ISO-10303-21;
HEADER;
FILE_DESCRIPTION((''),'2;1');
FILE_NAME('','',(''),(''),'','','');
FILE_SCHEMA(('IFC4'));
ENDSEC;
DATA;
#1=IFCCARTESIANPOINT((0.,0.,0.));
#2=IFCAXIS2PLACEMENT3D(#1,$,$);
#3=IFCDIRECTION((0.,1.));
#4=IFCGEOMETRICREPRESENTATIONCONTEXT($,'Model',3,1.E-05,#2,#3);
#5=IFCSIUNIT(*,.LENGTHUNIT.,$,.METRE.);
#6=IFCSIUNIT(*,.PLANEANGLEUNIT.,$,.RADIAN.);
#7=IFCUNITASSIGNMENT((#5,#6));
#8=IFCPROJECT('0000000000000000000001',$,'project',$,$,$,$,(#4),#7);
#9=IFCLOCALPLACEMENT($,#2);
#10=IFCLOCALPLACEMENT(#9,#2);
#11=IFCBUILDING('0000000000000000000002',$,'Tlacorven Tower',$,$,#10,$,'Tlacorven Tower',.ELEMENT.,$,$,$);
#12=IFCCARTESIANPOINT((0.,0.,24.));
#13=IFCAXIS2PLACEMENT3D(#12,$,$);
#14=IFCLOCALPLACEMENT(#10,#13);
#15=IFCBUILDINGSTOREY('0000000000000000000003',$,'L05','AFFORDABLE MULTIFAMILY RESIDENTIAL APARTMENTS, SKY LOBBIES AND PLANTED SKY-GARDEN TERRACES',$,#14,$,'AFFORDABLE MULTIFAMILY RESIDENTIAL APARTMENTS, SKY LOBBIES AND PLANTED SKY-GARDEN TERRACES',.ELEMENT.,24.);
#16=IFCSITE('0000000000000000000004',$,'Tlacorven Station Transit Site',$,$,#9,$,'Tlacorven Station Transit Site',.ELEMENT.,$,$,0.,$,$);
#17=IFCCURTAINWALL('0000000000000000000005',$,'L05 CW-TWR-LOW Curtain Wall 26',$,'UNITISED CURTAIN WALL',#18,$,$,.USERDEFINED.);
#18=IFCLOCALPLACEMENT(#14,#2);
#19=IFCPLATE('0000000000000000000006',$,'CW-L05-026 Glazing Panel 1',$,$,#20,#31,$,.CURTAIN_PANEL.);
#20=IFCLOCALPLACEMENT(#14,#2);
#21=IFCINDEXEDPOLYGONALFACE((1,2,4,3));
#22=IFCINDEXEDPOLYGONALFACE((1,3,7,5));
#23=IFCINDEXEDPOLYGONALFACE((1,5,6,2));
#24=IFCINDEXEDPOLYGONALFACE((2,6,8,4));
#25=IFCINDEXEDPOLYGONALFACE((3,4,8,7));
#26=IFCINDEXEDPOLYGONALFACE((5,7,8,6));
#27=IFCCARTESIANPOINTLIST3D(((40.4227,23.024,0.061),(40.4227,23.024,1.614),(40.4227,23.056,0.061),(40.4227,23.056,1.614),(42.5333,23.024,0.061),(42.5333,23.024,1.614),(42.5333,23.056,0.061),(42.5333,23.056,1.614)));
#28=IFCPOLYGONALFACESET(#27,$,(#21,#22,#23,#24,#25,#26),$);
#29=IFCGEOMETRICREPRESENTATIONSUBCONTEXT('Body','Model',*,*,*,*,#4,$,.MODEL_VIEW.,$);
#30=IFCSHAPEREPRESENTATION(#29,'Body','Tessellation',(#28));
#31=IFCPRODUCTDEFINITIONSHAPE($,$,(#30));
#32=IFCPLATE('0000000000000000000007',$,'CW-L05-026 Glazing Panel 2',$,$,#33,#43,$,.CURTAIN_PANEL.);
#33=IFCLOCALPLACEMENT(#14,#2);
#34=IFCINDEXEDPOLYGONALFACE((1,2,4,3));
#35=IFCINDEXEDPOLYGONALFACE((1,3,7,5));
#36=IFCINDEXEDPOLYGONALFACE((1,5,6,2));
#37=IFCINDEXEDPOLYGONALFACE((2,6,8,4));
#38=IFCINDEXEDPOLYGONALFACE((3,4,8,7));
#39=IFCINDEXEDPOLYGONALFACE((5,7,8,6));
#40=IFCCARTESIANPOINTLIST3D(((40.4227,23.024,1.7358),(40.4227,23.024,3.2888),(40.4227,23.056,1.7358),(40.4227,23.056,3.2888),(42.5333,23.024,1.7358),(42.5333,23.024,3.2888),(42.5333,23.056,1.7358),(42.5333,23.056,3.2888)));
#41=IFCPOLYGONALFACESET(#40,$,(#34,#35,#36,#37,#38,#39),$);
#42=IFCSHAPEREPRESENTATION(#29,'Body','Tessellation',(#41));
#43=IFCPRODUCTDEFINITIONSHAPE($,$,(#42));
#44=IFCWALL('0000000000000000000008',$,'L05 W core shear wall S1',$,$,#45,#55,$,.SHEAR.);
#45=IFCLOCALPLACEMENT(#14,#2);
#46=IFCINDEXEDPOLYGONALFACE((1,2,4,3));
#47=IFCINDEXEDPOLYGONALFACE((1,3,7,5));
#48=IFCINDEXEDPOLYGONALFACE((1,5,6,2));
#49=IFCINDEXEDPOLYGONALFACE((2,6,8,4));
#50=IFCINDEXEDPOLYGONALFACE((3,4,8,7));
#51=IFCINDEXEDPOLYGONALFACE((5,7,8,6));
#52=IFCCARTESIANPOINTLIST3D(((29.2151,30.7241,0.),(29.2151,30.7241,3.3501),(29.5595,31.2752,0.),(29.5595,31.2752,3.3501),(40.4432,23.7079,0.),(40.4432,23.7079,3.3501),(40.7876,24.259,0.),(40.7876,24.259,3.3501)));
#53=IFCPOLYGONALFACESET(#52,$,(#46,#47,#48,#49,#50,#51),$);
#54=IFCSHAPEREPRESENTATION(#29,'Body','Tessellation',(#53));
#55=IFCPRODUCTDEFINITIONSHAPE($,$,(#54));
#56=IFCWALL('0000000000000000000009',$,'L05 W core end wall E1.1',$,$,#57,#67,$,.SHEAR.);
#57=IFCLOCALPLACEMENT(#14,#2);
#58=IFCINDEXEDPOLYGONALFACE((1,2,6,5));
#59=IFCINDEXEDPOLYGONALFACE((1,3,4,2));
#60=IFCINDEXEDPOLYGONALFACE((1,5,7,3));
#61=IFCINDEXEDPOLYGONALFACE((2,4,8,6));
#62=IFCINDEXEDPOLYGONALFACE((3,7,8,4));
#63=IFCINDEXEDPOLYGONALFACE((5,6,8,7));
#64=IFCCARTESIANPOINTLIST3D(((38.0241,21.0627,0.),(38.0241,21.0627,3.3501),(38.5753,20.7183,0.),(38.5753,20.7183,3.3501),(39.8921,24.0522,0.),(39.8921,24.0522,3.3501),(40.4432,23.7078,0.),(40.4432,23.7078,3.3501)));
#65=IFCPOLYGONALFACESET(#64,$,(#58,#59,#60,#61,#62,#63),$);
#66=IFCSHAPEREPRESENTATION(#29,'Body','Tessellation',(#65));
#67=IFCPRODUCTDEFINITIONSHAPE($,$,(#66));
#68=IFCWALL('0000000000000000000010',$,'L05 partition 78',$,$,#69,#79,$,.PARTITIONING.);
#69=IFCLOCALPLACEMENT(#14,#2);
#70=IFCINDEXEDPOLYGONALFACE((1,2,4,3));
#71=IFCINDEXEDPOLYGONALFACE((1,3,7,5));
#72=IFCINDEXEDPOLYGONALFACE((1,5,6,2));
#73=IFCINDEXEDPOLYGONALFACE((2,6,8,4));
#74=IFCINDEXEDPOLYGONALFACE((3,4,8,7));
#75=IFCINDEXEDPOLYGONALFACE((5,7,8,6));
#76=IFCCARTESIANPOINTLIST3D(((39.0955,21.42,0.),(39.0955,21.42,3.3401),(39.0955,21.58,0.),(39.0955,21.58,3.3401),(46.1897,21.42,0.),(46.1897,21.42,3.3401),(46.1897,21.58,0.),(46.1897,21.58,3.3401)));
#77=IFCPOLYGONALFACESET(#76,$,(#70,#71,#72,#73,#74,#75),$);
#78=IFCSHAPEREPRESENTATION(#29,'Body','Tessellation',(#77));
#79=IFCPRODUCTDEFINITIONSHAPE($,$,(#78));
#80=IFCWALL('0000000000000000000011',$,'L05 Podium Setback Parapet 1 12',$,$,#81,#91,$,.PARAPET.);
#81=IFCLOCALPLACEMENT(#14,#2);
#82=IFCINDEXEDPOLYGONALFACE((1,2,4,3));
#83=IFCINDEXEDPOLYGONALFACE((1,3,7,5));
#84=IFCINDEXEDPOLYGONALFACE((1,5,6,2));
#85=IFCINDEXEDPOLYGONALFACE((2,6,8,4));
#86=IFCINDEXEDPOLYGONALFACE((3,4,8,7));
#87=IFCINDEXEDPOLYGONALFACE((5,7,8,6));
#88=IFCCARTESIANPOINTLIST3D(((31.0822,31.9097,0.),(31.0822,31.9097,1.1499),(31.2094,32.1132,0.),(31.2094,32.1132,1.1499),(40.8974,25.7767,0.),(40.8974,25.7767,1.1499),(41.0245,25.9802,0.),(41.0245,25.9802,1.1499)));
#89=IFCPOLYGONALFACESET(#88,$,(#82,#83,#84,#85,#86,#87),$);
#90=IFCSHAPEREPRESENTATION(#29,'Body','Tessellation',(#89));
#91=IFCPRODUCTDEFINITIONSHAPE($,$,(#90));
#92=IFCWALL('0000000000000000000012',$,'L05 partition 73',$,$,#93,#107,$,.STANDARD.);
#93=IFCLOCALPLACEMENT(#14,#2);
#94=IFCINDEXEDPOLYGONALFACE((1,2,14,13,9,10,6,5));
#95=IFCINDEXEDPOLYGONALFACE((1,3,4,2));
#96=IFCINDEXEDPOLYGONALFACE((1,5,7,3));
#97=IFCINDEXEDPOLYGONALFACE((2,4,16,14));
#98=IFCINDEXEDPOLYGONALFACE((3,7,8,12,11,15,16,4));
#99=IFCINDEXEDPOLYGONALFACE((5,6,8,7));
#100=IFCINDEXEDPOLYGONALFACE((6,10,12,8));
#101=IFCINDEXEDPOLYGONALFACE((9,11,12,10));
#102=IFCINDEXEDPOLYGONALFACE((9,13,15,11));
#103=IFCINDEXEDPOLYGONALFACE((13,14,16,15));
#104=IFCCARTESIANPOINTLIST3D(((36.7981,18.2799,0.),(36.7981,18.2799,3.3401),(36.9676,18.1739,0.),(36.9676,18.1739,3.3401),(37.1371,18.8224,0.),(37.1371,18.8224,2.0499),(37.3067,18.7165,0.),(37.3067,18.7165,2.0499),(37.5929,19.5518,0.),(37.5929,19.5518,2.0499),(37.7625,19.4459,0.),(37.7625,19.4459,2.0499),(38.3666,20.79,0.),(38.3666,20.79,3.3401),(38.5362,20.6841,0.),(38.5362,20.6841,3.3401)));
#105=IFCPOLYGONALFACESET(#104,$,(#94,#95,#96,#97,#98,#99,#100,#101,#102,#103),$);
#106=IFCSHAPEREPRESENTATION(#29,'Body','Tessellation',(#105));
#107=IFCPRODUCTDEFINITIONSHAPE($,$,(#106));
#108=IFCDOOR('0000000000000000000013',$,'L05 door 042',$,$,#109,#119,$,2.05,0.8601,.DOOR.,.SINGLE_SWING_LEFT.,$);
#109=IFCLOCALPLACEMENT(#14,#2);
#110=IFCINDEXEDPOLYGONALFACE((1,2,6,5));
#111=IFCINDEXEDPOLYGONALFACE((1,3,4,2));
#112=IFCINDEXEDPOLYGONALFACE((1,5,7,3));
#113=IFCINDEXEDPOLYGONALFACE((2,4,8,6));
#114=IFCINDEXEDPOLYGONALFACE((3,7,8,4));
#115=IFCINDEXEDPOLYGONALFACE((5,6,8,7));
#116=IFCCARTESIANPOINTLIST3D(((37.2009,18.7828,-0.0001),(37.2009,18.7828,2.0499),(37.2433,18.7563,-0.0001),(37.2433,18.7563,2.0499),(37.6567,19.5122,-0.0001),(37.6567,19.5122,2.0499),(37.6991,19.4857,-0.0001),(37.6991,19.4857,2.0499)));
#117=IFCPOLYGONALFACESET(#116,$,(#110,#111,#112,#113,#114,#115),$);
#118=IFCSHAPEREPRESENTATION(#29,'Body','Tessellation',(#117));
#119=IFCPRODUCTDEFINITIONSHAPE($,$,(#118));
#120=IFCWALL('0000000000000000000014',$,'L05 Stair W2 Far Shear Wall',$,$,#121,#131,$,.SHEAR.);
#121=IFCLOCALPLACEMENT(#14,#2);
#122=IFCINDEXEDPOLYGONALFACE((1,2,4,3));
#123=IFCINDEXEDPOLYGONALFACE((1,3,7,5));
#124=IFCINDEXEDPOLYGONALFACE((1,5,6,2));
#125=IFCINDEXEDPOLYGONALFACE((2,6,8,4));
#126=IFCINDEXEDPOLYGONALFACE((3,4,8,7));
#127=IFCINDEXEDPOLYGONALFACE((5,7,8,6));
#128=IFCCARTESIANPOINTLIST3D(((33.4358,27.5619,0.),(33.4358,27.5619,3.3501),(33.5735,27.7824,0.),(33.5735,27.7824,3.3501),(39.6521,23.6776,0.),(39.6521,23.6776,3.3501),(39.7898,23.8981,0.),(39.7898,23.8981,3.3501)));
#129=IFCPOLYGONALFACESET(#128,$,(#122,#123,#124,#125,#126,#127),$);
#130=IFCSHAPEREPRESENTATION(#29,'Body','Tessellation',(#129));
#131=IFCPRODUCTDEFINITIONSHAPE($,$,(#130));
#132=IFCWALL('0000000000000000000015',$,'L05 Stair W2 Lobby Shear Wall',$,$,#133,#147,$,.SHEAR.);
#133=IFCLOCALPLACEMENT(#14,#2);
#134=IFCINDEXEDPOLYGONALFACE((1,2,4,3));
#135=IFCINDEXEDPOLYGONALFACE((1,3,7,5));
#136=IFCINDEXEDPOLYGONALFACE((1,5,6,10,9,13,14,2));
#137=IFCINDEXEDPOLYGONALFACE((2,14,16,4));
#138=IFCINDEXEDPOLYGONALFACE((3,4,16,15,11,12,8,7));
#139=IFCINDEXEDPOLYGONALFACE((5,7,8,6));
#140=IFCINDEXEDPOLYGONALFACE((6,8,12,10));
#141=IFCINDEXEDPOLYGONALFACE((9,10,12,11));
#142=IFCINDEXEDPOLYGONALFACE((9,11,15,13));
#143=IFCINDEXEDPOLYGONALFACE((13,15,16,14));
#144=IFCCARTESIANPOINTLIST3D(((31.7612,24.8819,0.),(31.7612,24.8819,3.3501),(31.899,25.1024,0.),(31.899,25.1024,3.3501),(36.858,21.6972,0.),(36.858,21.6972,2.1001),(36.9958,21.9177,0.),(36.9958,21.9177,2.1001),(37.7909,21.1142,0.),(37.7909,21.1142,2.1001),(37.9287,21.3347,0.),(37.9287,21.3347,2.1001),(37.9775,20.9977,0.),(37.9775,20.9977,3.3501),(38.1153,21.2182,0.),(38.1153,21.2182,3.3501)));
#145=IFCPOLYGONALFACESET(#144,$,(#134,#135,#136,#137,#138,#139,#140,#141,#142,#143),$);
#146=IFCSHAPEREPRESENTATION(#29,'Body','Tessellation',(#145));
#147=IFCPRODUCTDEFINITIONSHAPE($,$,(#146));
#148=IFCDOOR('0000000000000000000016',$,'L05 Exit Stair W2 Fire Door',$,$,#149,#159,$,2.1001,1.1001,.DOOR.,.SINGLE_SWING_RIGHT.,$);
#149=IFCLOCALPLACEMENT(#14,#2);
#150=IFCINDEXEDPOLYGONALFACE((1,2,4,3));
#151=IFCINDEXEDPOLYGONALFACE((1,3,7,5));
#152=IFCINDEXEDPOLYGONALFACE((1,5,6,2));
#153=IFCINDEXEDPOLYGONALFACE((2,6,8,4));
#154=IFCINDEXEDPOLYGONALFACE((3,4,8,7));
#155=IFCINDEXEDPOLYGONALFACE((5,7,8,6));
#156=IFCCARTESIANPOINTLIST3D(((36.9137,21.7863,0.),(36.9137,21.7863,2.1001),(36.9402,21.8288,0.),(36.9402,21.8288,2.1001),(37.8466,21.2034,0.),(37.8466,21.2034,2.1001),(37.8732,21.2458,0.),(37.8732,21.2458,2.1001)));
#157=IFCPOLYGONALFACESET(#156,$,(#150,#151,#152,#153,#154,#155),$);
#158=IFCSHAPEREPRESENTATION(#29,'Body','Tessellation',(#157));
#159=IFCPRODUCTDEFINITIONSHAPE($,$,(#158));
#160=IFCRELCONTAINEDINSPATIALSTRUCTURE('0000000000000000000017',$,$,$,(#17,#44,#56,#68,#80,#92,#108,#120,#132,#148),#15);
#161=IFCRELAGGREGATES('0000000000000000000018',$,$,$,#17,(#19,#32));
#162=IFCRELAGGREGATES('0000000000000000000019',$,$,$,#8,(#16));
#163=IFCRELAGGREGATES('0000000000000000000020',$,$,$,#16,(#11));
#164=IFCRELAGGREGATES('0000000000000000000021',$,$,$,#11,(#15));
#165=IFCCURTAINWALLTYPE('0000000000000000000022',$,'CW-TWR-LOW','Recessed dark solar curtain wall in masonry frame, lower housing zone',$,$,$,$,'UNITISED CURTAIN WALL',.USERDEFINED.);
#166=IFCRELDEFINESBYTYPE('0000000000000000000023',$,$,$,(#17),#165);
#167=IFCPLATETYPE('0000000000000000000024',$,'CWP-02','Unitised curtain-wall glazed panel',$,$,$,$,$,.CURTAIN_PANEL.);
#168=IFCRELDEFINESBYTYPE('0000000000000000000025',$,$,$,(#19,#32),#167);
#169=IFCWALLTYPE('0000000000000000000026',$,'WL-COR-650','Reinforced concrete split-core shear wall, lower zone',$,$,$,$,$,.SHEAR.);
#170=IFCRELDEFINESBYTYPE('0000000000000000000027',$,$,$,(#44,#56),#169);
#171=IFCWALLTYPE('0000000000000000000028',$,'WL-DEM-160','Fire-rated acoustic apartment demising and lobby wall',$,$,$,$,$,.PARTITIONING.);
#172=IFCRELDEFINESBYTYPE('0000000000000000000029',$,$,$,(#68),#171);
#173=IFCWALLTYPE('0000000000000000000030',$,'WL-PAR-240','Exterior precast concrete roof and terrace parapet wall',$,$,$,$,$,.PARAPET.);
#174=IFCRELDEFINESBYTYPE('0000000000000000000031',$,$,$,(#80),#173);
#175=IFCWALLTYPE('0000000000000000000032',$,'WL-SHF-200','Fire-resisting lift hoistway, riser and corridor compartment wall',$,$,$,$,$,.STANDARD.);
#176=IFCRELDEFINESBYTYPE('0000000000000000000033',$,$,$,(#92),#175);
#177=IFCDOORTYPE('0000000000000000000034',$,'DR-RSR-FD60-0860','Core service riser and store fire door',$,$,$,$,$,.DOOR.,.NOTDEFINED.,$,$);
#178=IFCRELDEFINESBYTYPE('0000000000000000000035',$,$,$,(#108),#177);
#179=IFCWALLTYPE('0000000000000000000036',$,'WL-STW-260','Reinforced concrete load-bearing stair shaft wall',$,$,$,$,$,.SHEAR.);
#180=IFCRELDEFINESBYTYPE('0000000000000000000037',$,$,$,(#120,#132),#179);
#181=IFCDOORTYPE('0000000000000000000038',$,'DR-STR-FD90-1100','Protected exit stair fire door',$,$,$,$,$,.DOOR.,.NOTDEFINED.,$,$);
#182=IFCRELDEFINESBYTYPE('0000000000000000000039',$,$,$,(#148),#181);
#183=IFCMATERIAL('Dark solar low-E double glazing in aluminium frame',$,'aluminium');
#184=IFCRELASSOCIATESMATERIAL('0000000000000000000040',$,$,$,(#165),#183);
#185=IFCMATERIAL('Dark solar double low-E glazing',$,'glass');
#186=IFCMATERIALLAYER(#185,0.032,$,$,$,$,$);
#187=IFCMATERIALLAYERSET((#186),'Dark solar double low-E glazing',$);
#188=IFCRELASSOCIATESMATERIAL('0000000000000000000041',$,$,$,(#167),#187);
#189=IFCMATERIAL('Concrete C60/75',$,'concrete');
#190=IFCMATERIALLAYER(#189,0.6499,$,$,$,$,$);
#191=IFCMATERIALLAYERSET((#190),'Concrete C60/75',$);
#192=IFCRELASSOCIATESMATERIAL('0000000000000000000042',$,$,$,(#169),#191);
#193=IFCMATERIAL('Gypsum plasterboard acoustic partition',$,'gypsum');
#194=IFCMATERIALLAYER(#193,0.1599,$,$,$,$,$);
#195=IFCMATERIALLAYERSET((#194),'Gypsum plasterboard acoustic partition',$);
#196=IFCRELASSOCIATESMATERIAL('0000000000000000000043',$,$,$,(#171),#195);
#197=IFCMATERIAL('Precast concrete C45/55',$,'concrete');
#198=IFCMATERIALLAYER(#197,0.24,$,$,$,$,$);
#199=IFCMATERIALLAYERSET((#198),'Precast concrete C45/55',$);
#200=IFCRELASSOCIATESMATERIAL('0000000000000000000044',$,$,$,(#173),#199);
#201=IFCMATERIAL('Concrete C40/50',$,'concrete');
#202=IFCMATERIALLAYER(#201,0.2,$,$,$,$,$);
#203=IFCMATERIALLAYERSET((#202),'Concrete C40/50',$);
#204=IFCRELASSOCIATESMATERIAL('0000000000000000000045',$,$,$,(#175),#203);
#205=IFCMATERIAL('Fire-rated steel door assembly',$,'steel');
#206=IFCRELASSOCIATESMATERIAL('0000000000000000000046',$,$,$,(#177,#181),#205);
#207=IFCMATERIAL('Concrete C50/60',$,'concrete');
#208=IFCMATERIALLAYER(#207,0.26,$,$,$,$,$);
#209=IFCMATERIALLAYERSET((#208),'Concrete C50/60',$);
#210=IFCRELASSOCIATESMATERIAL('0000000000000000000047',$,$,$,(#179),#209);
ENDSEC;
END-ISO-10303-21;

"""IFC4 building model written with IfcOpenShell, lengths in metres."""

from ifc_helpers import new_model, si_unit, direction, frame, frame_2d, origin, origin_2d, place, context, subcontext, project, spatial, rectangle, extrude, source, transform, mapped, material, layer, layer_set, type_object, element, fill, aggregate, save


model = new_model("IFC4")

# Units and contexts
model_context = context("Model", 3, precision=1e-05, world=origin(), true_north=direction((0.0, 1.0)))
body_context = subcontext(model_context, "Body", "Model", "MODEL_VIEW")
ifc_project = project(units=[si_unit("LENGTHUNIT", "METRE"), si_unit("PLANEANGLEUNIT", "RADIAN")], contexts=[model_context])

# Site, building, storey
site_placement = place(None, origin())
site = spatial("IfcSite", under=ifc_project, at=site_placement, Name="Tlacorven Station Transit Site", LongName="Tlacorven Station Transit Site", CompositionType="ELEMENT", RefElevation=0.0)
building_placement = place(site_placement, origin())
building = spatial("IfcBuilding", under=site, at=building_placement, Name="Tlacorven Tower", LongName="Tlacorven Tower", CompositionType="ELEMENT")
storey_placement = place(building_placement, frame((0.0, 0.0, 24.0)))
storey = spatial("IfcBuildingStorey", under=building, at=storey_placement, Name="L05", Description="AFFORDABLE MULTIFAMILY RESIDENTIAL APARTMENTS, SKY LOBBIES AND PLANTED SKY-GARDEN TERRACES", LongName="AFFORDABLE MULTIFAMILY RESIDENTIAL APARTMENTS, SKY LOBBIES AND PLANTED SKY-GARDEN TERRACES", CompositionType="ELEMENT", Elevation=24.0)

# Shared definitions
ifc_material_1 = material(Name="Concrete C60/75", Category="concrete")

# Curtain wall, plates
ifc_material_2 = material(Name="Dark solar low-E double glazing in aluminium frame", Category="aluminium")
curtain_wall_type = type_object("IfcCurtainWallType", Name="CW-TWR-LOW", Description="Recessed dark solar curtain wall in masonry frame, lower housing zone", ElementType="UNITISED CURTAIN WALL", PredefinedType="USERDEFINED", material=ifc_material_2)
curtain_wall_placement = place(storey_placement, origin())
curtain_wall = element("IfcCurtainWall", 1, at=curtain_wall_placement, inside=storey, type_object=curtain_wall_type, Name="L05 CW-TWR-LOW Curtain Wall 26", ObjectType="UNITISED CURTAIN WALL", PredefinedType="USERDEFINED")
ifc_material_3 = material(Name="Dark solar double low-E glazing", Category="glass")
ifc_layer_1 = layer(ifc_material_3, 0.032)
ifc_layer_set_1 = layer_set([ifc_layer_1], Name="Dark solar double low-E glazing")
plate_type = type_object("IfcPlateType", Name="CWP-02", Description="Unitised curtain-wall glazed panel", PredefinedType="CURTAIN_PANEL", material=ifc_layer_set_1)
shared_shape_1 = source(origin(), body_context, "Body", "SweptSolid", [
    extrude(rectangle(XDim=2.1106, YDim=0.032, at=origin_2d()), origin(), (0.0, 0.0, 1.0), 1.553),
])
plate_1_placement = place(storey_placement, frame((41.478, 23.04, 0.061), z_axis=(0.0, 0.0, 1.0), x_axis=(1.0, 0.0, 0.0)))
plate_1 = element("IfcPlate", 2, at=plate_1_placement, type_object=plate_type, Name="CW-L05-026 Glazing Panel 1", PredefinedType="CURTAIN_PANEL", context=body_context, shape_type="MappedRepresentation", body=[
    mapped(shared_shape_1, transform((0.0, 0.0, 0.0), scale=1.0)),
])
plate_2_placement = place(storey_placement, frame((41.478, 23.04, 1.7358), z_axis=(0.0, 0.0, 1.0), x_axis=(1.0, 0.0, 0.0)))
plate_2 = element("IfcPlate", 3, at=plate_2_placement, type_object=plate_type, Name="CW-L05-026 Glazing Panel 2", PredefinedType="CURTAIN_PANEL", context=body_context, shape_type="MappedRepresentation", body=[
    mapped(shared_shape_1, transform((0.0, 0.0, 0.0), scale=1.0)),
])
aggregate(curtain_wall, [plate_1, plate_2])

# Walls
ifc_layer_2 = layer(ifc_material_1, 0.6499)
ifc_layer_set_2 = layer_set([ifc_layer_2], Name="Concrete C60/75")
wall_type_1 = type_object("IfcWallType", Name="WL-COR-650", Description="Reinforced concrete split-core shear wall, lower zone", PredefinedType="SHEAR", material=ifc_layer_set_2)
wall_1_placement = place(storey_placement, frame((40.6155, 23.9834, 0.0), z_axis=(0.0, 0.0, 1.0), x_axis=(-0.848046, 0.529923, 0.0)))
element("IfcWall", 4, at=wall_1_placement, inside=storey, type_object=wall_type_1, Name="L05 W core shear wall S1", PredefinedType="SHEAR", context=body_context, shape_type="SweptSolid", body=[
    extrude(rectangle(XDim=13.24, YDim=0.6499, at=frame_2d((6.6201, 0.0))), origin(), (0.0, 0.0, 1.0), 3.3501),
])
wall_2_placement = place(storey_placement, frame((40.1677, 23.8801, 0.0), z_axis=(0.0, 0.0, 1.0), x_axis=(-0.529893, -0.848064, 0.0)))
element("IfcWall", 5, at=wall_2_placement, inside=storey, type_object=wall_type_1, Name="L05 W core end wall E1.1", PredefinedType="SHEAR", context=body_context, shape_type="SweptSolid", body=[
    extrude(rectangle(XDim=3.5251, YDim=0.6499, at=frame_2d((1.7627, 0.0))), origin(), (0.0, 0.0, 1.0), 3.3501),
])
ifc_material_4 = material(Name="Gypsum plasterboard acoustic partition", Category="gypsum")
ifc_layer_3 = layer(ifc_material_4, 0.1599)
ifc_layer_set_3 = layer_set([ifc_layer_3], Name="Gypsum plasterboard acoustic partition")
wall_type_2 = type_object("IfcWallType", Name="WL-DEM-160", Description="Fire-rated acoustic apartment demising and lobby wall", PredefinedType="PARTITIONING", material=ifc_layer_set_3)
wall_3_placement = place(storey_placement, frame((39.0955, 21.5, 0.0), z_axis=(0.0, 0.0, 1.0), x_axis=(1.0, 0.0, 0.0)))
element("IfcWall", 6, at=wall_3_placement, inside=storey, type_object=wall_type_2, Name="L05 partition 78", PredefinedType="PARTITIONING", context=body_context, shape_type="SweptSolid", body=[
    extrude(rectangle(XDim=7.0942, YDim=0.1599, at=frame_2d((3.5471, 0.0))), origin(), (0.0, 0.0, 1.0), 3.3401),
])
ifc_material_5 = material(Name="Precast concrete C45/55", Category="concrete")
ifc_layer_4 = layer(ifc_material_5, 0.24)
ifc_layer_set_4 = layer_set([ifc_layer_4], Name="Precast concrete C45/55")
wall_type_3 = type_object("IfcWallType", Name="WL-PAR-240", Description="Exterior precast concrete roof and terrace parapet wall", PredefinedType="PARAPET", material=ifc_layer_set_4)
wall_4_placement = place(storey_placement, frame((40.9609, 25.8784, 0.0), z_axis=(0.0, 0.0, 1.0), x_axis=(-0.848054, 0.52991, 0.0)))
element("IfcWall", 7, at=wall_4_placement, inside=storey, type_object=wall_type_3, Name="L05 Podium Setback Parapet 1 12", PredefinedType="PARAPET", context=body_context, shape_type="SweptSolid", body=[
    extrude(rectangle(XDim=11.5737, YDim=0.24, at=frame_2d((5.7869, 0.0))), origin(), (0.0, 0.0, 1.0), 1.1499),
])

# Wall, opening, door
ifc_material_6 = material(Name="Concrete C40/50", Category="concrete")
ifc_layer_5 = layer(ifc_material_6, 0.2)
ifc_layer_set_5 = layer_set([ifc_layer_5], Name="Concrete C40/50")
wall_type_4 = type_object("IfcWallType", Name="WL-SHF-200", Description="Fire-resisting lift hoistway, riser and corridor compartment wall", PredefinedType="STANDARD", material=ifc_layer_set_5)
wall_5_placement = place(storey_placement, frame((38.4514, 20.7371, 0.0), z_axis=(0.0, 0.0, 1.0), x_axis=(-0.529925, -0.848045, 0.0)))
wall_5 = element("IfcWall", 8, at=wall_5_placement, inside=storey, type_object=wall_type_4, Name="L05 partition 73", PredefinedType="STANDARD", context=body_context, shape_type="SweptSolid", body=[
    extrude(rectangle(XDim=2.96, YDim=0.2, at=frame_2d((1.48, 0.0))), origin(), (0.0, 0.0, 1.0), 3.3401),
])
opening_1_placement = place(wall_5_placement, frame((1.46, 0.0, 0.0)))
opening_1 = element("IfcOpeningElement", 9, at=opening_1_placement, cuts=wall_5, PredefinedType="OPENING", context=body_context, shape_type="SweptSolid", body=[
    extrude(rectangle(XDim=0.8601, YDim=2.05, at=frame_2d((0.4302, 1.0249))), frame((0.0, 0.1099, 0.0), z_axis=(0.0, -1.0, 0.0), x_axis=(1.0, 0.0, 0.0)), (0.0, 0.0, 1.0), 0.22),
])
ifc_material_7 = material(Name="Fire-rated steel door assembly", Category="steel")
door_type_1 = type_object("IfcDoorType", Name="DR-RSR-FD60-0860", Description="Core service riser and store fire door", OperationType="NOTDEFINED", PredefinedType="DOOR", material=ifc_material_7)
shared_shape_2 = source(origin(), body_context, "Body", "SweptSolid", [
    extrude(rectangle(XDim=0.8601, YDim=2.05, at=frame_2d((0.4302, 1.0249))), frame((0.0, 0.0249, 0.0), z_axis=(0.0, -1.0, 0.0), x_axis=(1.0, 0.0, 0.0)), (0.0, 0.0, 1.0), 0.05),
])
door_1_placement = place(opening_1_placement, frame((0.8601, 0.0, 0.0), z_axis=(0.0, 0.0, 1.0), x_axis=(-1.0, 0.0, 0.0)))
door_1 = element("IfcDoor", 10, at=door_1_placement, inside=storey, type_object=door_type_1, Name="L05 door 042", OperationType="SINGLE_SWING_LEFT", OverallHeight=2.05, OverallWidth=0.8601, PredefinedType="DOOR", context=body_context, shape_type="MappedRepresentation", body=[
    mapped(shared_shape_2, transform((0.0, 0.0, 0.0), scale=1.0)),
])
fill(opening_1, door_1)

# Wall
ifc_material_8 = material(Name="Concrete C50/60", Category="concrete")
ifc_layer_6 = layer(ifc_material_8, 0.26)
ifc_layer_set_6 = layer_set([ifc_layer_6], Name="Concrete C50/60")
wall_type_5 = type_object("IfcWallType", Name="WL-STW-260", Description="Reinforced concrete load-bearing stair shaft wall", PredefinedType="SHEAR", material=ifc_layer_set_6)
wall_6_placement = place(storey_placement, frame((39.7209, 23.7878, 0.0), z_axis=(0.0, 0.0, 1.0), x_axis=(-0.848054, 0.529909, 0.0)))
element("IfcWall", 11, at=wall_6_placement, inside=storey, type_object=wall_type_5, Name="L05 Stair W2 Far Shear Wall", PredefinedType="SHEAR", context=body_context, shape_type="SweptSolid", body=[
    extrude(rectangle(XDim=7.3301, YDim=0.26, at=frame_2d((3.665, 0.0))), origin(), (0.0, 0.0, 1.0), 3.3501),
])

# Wall, opening, door
wall_7_placement = place(storey_placement, frame((38.0464, 21.1079, 0.0), z_axis=(0.0, 0.0, 1.0), x_axis=(-0.848054, 0.529909, 0.0)))
wall_7 = element("IfcWall", 12, at=wall_7_placement, inside=storey, type_object=wall_type_5, Name="L05 Stair W2 Lobby Shear Wall", PredefinedType="SHEAR", context=body_context, shape_type="SweptSolid", body=[
    extrude(rectangle(XDim=7.3301, YDim=0.26, at=frame_2d((3.665, 0.0))), origin(), (0.0, 0.0, 1.0), 3.3501),
])
opening_2_placement = place(wall_7_placement, frame((0.22, 0.0, 0.0)))
opening_2 = element("IfcOpeningElement", 13, at=opening_2_placement, cuts=wall_7, PredefinedType="OPENING", context=body_context, shape_type="SweptSolid", body=[
    extrude(rectangle(XDim=1.1001, YDim=2.1001, at=frame_2d((0.55, 1.05))), frame((0.0, 0.1401, 0.0), z_axis=(0.0, -1.0, 0.0), x_axis=(1.0, 0.0, 0.0)), (0.0, 0.0, 1.0), 0.28),
])
door_type_2 = type_object("IfcDoorType", Name="DR-STR-FD90-1100", Description="Protected exit stair fire door", OperationType="NOTDEFINED", PredefinedType="DOOR", material=ifc_material_7)
shared_shape_3 = source(origin(), body_context, "Body", "SweptSolid", [
    extrude(rectangle(XDim=1.1001, YDim=2.1001, at=frame_2d((0.55, 1.05))), frame((0.0, 0.0249, 0.0), z_axis=(0.0, -1.0, 0.0), x_axis=(1.0, 0.0, 0.0)), (0.0, 0.0, 1.0), 0.05),
])
door_2_placement = place(opening_2_placement, origin())
door_2 = element("IfcDoor", 14, at=door_2_placement, inside=storey, type_object=door_type_2, Name="L05 Exit Stair W2 Fire Door", OperationType="SINGLE_SWING_RIGHT", OverallHeight=2.1001, OverallWidth=1.1001, PredefinedType="DOOR", context=body_context, shape_type="MappedRepresentation", body=[
    mapped(shared_shape_3, transform((0.0, 0.0, 0.0), scale=1.0)),
])
fill(opening_2, door_2)

save(model, "model.ifc")
